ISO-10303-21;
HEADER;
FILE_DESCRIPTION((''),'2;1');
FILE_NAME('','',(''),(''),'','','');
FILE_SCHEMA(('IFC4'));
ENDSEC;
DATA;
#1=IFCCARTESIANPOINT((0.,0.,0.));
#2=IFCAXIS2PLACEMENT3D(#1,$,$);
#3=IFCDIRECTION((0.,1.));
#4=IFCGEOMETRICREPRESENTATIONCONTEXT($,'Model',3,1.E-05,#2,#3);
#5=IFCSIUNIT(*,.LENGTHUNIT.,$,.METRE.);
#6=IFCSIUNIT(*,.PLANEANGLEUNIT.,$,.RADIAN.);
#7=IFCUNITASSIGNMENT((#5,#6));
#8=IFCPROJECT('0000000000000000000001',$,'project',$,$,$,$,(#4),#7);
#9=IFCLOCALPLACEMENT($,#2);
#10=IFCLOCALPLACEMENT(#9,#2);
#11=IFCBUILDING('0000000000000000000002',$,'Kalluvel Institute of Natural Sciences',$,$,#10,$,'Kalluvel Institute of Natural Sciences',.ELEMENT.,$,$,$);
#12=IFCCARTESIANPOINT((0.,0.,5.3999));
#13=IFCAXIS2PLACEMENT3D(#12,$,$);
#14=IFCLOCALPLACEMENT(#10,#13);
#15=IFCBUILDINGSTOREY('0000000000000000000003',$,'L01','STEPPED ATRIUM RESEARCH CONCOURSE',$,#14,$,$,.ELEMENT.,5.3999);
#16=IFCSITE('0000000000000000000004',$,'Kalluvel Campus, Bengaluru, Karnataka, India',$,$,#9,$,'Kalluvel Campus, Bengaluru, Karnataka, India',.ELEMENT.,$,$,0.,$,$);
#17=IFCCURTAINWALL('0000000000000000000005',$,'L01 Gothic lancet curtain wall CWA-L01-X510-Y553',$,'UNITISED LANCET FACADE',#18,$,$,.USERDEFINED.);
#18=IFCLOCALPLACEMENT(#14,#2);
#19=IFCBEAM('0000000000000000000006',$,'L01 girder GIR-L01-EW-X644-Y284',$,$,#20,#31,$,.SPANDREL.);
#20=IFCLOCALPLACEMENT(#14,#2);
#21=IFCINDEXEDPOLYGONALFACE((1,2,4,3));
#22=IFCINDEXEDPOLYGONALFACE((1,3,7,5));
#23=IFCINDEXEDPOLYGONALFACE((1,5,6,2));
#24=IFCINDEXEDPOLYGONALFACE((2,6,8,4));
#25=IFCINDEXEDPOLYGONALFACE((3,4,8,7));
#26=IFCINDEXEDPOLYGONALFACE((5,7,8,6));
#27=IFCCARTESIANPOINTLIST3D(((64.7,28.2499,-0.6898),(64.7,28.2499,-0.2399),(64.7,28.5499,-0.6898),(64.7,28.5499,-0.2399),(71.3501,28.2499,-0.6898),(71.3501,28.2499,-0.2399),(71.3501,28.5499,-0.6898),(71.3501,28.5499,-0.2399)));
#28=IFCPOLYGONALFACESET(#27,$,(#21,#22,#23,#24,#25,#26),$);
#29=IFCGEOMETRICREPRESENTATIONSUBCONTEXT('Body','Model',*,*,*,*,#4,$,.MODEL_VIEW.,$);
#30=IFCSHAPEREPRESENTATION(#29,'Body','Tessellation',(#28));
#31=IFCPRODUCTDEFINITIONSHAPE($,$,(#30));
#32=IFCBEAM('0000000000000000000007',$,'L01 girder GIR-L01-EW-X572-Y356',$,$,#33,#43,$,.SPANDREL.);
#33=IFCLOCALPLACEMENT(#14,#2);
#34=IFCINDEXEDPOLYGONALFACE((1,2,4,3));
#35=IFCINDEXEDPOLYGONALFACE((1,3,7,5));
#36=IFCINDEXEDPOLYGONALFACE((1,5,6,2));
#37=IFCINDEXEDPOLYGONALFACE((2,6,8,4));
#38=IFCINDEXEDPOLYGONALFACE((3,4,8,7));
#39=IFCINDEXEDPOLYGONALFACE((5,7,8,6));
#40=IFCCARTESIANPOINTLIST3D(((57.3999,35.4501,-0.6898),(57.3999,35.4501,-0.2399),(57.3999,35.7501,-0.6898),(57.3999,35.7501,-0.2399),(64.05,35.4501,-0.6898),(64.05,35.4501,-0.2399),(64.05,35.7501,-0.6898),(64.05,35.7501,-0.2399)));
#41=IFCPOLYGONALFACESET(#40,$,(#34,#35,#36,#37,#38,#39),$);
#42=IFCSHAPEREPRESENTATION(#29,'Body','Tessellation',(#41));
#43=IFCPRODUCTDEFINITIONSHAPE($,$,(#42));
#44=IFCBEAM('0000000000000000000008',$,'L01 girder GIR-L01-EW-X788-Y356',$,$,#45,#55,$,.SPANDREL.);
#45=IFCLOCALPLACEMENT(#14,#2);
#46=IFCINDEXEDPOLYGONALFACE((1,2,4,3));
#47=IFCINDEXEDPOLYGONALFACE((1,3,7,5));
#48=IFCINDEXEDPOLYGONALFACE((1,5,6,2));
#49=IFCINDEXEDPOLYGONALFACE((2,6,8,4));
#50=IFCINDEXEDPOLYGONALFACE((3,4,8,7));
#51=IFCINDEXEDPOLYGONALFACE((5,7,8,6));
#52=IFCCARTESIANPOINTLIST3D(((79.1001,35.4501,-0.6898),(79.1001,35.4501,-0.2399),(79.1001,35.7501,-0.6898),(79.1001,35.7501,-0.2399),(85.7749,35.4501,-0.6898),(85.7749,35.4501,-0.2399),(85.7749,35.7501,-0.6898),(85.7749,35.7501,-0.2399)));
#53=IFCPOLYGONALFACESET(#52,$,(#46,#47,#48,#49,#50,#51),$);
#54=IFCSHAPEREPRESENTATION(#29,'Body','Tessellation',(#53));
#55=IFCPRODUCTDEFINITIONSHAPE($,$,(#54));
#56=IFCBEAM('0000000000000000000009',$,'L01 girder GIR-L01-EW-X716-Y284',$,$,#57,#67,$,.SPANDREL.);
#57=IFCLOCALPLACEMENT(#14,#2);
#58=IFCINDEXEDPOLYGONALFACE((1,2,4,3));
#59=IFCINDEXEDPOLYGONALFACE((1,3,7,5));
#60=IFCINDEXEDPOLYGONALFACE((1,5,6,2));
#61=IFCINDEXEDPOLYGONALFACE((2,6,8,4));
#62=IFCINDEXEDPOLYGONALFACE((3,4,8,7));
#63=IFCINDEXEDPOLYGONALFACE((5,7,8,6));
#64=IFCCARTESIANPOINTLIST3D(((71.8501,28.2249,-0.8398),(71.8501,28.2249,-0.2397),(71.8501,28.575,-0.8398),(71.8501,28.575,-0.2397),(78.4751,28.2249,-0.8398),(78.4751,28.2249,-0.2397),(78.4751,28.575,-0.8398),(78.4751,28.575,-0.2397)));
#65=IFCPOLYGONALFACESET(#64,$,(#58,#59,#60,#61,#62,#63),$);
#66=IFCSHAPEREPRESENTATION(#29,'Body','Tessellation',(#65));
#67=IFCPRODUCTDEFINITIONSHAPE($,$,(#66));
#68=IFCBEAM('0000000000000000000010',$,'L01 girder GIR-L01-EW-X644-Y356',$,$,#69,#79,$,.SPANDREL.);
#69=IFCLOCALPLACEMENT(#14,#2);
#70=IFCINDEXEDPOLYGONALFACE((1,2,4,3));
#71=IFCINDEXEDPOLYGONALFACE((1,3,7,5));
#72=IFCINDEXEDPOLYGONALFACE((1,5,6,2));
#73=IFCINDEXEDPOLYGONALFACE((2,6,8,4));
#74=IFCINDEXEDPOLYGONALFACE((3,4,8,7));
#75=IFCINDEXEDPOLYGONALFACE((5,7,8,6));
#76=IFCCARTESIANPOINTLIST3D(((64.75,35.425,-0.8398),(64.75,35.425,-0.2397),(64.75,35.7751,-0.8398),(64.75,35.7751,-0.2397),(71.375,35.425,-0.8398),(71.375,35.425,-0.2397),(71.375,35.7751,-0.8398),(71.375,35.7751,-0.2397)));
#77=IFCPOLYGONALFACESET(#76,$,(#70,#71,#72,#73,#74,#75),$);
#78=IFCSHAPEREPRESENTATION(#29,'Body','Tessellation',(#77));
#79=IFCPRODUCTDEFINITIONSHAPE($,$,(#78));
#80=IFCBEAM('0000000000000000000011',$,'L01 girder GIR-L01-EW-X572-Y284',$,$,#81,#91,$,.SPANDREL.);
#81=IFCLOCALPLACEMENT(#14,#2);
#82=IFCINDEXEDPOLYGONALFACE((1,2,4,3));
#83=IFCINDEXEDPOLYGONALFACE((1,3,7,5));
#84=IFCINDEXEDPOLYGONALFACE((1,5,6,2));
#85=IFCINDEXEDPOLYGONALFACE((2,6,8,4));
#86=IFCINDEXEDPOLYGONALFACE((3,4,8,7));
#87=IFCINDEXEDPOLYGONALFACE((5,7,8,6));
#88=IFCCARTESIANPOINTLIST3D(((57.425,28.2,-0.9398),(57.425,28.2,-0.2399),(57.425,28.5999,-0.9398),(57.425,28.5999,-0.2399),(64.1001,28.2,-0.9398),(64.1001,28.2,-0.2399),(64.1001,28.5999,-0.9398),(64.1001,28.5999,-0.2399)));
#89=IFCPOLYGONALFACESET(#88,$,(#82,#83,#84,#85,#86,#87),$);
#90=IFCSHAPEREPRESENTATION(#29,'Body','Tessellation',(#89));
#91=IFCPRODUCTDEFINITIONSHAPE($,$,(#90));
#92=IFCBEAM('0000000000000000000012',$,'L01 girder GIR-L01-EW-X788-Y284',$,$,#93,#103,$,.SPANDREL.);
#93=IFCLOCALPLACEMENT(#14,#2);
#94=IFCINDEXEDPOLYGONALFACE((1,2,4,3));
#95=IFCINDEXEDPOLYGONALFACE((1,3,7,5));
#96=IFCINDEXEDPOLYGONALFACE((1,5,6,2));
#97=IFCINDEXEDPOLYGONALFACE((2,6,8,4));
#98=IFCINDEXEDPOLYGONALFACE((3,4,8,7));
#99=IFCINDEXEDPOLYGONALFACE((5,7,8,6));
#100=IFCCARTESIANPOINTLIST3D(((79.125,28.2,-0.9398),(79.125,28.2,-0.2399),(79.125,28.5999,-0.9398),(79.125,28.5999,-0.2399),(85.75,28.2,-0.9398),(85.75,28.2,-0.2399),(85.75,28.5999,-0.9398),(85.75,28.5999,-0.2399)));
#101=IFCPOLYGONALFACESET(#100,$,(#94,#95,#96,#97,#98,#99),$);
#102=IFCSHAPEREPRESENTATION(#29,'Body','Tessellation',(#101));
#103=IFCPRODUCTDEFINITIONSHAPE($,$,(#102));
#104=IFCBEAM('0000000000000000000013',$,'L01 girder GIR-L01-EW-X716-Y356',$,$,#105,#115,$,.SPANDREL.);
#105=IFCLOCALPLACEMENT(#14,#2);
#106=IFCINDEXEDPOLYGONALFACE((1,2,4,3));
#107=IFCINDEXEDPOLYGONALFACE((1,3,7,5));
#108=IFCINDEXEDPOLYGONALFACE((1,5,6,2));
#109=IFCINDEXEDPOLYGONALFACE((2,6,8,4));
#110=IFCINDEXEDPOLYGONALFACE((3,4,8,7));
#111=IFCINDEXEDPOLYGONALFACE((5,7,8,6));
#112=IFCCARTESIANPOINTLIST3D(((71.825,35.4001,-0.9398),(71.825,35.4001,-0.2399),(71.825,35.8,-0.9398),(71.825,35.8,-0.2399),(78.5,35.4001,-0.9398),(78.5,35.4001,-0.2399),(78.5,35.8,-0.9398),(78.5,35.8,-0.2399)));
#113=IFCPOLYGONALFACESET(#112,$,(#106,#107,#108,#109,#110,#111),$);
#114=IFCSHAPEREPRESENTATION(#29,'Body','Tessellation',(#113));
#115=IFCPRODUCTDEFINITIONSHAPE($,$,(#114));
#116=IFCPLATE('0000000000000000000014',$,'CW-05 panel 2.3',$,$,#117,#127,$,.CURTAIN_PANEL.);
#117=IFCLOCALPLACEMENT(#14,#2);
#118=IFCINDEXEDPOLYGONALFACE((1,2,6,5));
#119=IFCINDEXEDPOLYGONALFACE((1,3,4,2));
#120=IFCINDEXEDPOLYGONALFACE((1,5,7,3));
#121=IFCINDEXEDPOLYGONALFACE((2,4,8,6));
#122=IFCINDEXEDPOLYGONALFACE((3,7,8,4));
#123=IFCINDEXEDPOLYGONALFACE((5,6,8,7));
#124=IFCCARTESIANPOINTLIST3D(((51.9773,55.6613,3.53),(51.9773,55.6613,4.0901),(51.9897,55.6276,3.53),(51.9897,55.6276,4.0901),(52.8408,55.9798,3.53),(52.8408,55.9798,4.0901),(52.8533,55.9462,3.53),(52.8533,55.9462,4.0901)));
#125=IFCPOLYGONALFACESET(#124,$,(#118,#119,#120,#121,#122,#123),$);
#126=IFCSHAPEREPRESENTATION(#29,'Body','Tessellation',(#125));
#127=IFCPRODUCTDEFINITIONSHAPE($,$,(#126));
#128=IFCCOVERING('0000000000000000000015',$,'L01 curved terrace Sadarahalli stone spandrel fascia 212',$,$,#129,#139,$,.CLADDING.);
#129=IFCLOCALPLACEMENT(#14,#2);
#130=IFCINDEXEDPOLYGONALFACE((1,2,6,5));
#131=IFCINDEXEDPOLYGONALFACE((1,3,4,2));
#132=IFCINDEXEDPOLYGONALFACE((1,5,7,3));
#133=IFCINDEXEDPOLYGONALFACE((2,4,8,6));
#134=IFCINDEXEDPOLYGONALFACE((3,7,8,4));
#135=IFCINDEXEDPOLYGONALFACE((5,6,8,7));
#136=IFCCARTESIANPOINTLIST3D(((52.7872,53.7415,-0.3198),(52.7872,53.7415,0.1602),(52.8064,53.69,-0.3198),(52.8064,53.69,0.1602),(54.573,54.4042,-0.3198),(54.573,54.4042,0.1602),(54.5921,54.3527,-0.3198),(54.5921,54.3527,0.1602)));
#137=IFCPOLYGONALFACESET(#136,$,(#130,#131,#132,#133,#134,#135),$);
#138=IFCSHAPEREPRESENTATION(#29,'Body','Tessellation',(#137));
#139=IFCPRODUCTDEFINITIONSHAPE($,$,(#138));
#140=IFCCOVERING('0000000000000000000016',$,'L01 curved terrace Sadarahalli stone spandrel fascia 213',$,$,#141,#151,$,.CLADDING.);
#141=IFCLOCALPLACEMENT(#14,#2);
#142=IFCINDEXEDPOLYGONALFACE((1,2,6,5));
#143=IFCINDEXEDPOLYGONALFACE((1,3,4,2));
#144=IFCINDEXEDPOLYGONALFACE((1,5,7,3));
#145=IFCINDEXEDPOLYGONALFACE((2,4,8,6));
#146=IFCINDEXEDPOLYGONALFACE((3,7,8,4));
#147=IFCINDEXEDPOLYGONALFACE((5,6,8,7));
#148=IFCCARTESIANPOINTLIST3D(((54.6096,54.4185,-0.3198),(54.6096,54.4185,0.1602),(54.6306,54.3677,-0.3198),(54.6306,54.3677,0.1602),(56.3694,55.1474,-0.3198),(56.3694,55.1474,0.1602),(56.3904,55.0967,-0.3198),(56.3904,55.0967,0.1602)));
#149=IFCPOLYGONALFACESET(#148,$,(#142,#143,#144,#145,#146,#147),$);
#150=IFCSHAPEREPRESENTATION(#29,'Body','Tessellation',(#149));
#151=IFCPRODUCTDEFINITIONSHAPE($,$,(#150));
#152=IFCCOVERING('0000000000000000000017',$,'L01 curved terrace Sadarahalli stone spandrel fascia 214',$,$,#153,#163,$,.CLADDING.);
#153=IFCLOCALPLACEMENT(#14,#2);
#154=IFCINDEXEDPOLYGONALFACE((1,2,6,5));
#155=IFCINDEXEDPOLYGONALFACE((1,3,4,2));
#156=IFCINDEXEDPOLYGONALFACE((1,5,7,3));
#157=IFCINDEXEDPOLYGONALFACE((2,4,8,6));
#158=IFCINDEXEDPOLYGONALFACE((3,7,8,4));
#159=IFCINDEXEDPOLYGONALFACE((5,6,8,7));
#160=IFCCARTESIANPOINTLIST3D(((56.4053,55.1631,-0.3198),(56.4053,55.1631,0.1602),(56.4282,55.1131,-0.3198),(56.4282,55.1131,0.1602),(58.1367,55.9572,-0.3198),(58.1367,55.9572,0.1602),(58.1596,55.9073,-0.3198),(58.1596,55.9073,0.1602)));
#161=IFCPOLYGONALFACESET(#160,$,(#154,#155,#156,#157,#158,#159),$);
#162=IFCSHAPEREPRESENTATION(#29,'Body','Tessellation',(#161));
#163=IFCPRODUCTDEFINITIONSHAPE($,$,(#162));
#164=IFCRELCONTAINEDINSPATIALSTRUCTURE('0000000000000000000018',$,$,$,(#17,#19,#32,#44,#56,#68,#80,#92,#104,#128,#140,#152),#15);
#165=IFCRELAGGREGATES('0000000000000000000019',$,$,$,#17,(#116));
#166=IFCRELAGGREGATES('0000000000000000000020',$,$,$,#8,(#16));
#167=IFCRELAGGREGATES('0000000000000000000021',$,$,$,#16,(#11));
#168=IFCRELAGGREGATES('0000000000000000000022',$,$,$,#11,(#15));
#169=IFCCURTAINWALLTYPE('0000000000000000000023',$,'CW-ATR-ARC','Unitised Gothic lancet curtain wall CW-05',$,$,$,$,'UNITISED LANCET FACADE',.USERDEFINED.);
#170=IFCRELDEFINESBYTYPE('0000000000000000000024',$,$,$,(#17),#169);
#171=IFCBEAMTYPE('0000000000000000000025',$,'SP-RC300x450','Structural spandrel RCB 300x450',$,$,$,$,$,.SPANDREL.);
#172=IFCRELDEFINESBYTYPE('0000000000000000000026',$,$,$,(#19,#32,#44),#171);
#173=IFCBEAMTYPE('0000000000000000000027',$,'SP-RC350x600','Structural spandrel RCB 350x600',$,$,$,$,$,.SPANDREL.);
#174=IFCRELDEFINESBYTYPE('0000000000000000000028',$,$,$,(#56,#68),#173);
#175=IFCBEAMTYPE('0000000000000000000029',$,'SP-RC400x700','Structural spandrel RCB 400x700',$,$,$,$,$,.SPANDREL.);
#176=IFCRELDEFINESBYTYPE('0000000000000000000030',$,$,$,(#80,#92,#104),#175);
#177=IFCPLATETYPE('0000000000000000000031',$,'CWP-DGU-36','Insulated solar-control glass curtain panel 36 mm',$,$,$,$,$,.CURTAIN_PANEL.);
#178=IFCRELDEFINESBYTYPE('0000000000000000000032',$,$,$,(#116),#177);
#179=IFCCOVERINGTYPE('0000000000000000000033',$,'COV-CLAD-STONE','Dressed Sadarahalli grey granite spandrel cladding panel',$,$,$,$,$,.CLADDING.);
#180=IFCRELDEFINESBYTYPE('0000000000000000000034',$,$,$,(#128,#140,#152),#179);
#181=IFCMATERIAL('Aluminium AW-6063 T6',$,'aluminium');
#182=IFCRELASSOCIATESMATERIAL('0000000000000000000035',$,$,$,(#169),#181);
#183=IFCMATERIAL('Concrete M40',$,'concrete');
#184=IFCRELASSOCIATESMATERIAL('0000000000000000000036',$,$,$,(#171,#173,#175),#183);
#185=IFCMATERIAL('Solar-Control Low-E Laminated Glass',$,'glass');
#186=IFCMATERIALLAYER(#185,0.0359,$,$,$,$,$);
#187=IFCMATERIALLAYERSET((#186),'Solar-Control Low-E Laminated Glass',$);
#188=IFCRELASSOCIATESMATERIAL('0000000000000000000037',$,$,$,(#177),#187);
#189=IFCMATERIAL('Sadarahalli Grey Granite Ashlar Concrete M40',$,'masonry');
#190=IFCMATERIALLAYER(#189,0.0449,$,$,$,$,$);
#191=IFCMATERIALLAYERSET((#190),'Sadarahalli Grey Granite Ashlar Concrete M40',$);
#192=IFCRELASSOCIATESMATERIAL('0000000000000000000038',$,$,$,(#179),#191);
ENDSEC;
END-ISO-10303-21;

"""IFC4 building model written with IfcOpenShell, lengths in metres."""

from ifc_helpers import new_model, si_unit, direction, frame, origin, origin_2d, place, context, subcontext, project, spatial, rectangle, extrude, material, layer, layer_set, material_profile, profile_set, type_object, element, aggregate, save


model = new_model("IFC4")

# Units and contexts
model_context = context("Model", 3, precision=1e-05, world=origin(), true_north=direction((0.0, 1.0)))
body_context = subcontext(model_context, "Body", "Model", "MODEL_VIEW")
ifc_project = project(units=[si_unit("LENGTHUNIT", "METRE"), si_unit("PLANEANGLEUNIT", "RADIAN")], contexts=[model_context])

# Site, building, storey
site_placement = place(None, origin())
site = spatial("IfcSite", under=ifc_project, at=site_placement, Name="Kalluvel Campus, Bengaluru, Karnataka, India", LongName="Kalluvel Campus, Bengaluru, Karnataka, India", CompositionType="ELEMENT", RefElevation=0.0)
building_placement = place(site_placement, origin())
building = spatial("IfcBuilding", under=site, at=building_placement, Name="Kalluvel Institute of Natural Sciences", LongName="Kalluvel Institute of Natural Sciences", CompositionType="ELEMENT")
storey_placement = place(building_placement, frame((0.0, 0.0, 5.3999)))
storey = spatial("IfcBuildingStorey", under=building, at=storey_placement, Name="L01", Description="STEPPED ATRIUM RESEARCH CONCOURSE", CompositionType="ELEMENT", Elevation=5.3999)

# Shared definitions
ifc_material_1 = material(Name="Concrete M40", Category="concrete")

# Curtain wall
ifc_material_2 = material(Name="Aluminium AW-6063 T6", Category="aluminium")
curtain_wall_type = type_object("IfcCurtainWallType", Name="CW-ATR-ARC", Description="Unitised Gothic lancet curtain wall CW-05", ElementType="UNITISED LANCET FACADE", PredefinedType="USERDEFINED", material=ifc_material_2)
curtain_wall_placement = place(storey_placement, origin())
curtain_wall = element("IfcCurtainWall", 1, at=curtain_wall_placement, inside=storey, type_object=curtain_wall_type, Name="L01 Gothic lancet curtain wall CWA-L01-X510-Y553", ObjectType="UNITISED LANCET FACADE", PredefinedType="USERDEFINED")

# Beams
ifc_material_profile_1 = material_profile(ifc_material_1, rectangle(XDim=0.3, YDim=0.45, at=origin_2d()), Name="RCB 300x450")
ifc_profile_set_1 = profile_set([ifc_material_profile_1], Name="Concrete M40")
beam_type_1 = type_object("IfcBeamType", Name="SP-RC300x450", Description="Structural spandrel RCB 300x450", PredefinedType="SPANDREL", material=ifc_profile_set_1)
for number, where, z_axis, x_axis, name in (
    (2, (64.7, 28.3999, -0.4648), (1.0, 0.0, 0.0), (0.0, 1.0, 0.0), "L01 girder GIR-L01-EW-X644-Y284"),
    (3, (57.3999, 35.6001, -0.4648), (1.0, 0.0, 0.0), (0.0, 1.0, 0.0), "L01 girder GIR-L01-EW-X572-Y356"),
):
    element("IfcBeam", number, at=place(storey_placement, frame(where, z_axis=z_axis, x_axis=x_axis)), inside=storey, type_object=beam_type_1, Name=name, PredefinedType="SPANDREL", context=body_context, shape_type="SweptSolid", body=[
        extrude(rectangle(XDim=0.3, YDim=0.45, at=origin_2d()), origin(), (0.0, 0.0, 1.0), 6.6501),
    ])
beam_1_placement = place(storey_placement, frame((79.1001, 35.6001, -0.4648), z_axis=(1.0, 0.0, 0.0), x_axis=(0.0, 1.0, 0.0)))
element("IfcBeam", 4, at=beam_1_placement, inside=storey, type_object=beam_type_1, Name="L01 girder GIR-L01-EW-X788-Y356", PredefinedType="SPANDREL", context=body_context, shape_type="SweptSolid", body=[
    extrude(rectangle(XDim=0.3, YDim=0.45, at=origin_2d()), origin(), (0.0, 0.0, 1.0), 6.6748),
])
ifc_material_profile_2 = material_profile(ifc_material_1, rectangle(XDim=0.3501, YDim=0.6001, at=origin_2d()), Name="RCB 350x600")
ifc_profile_set_2 = profile_set([ifc_material_profile_2], Name="Concrete M40")
beam_type_2 = type_object("IfcBeamType", Name="SP-RC350x600", Description="Structural spandrel RCB 350x600", PredefinedType="SPANDREL", material=ifc_profile_set_2)
for number, where, z_axis, x_axis, name in (
    (5, (71.8501, 28.3999, -0.5398), (1.0, 0.0, 0.0), (0.0, 1.0, 0.0), "L01 girder GIR-L01-EW-X716-Y284"),
    (6, (64.75, 35.6001, -0.5398), (1.0, 0.0, 0.0), (0.0, 1.0, 0.0), "L01 girder GIR-L01-EW-X644-Y356"),
):
    element("IfcBeam", number, at=place(storey_placement, frame(where, z_axis=z_axis, x_axis=x_axis)), inside=storey, type_object=beam_type_2, Name=name, PredefinedType="SPANDREL", context=body_context, shape_type="SweptSolid", body=[
        extrude(rectangle(XDim=0.3501, YDim=0.6001, at=origin_2d()), origin(), (0.0, 0.0, 1.0), 6.625),
    ])
ifc_material_profile_3 = material_profile(ifc_material_1, rectangle(XDim=0.3999, YDim=0.7, at=origin_2d()), Name="RCB 400x700")
ifc_profile_set_3 = profile_set([ifc_material_profile_3], Name="Concrete M40")
beam_type_3 = type_object("IfcBeamType", Name="SP-RC400x700", Description="Structural spandrel RCB 400x700", PredefinedType="SPANDREL", material=ifc_profile_set_3)
beam_2_placement = place(storey_placement, frame((57.425, 28.3999, -0.5898), z_axis=(1.0, 0.0, 0.0), x_axis=(0.0, 1.0, 0.0)))
element("IfcBeam", 7, at=beam_2_placement, inside=storey, type_object=beam_type_3, Name="L01 girder GIR-L01-EW-X572-Y284", PredefinedType="SPANDREL", context=body_context, shape_type="SweptSolid", body=[
    extrude(rectangle(XDim=0.3999, YDim=0.7, at=origin_2d()), origin(), (0.0, 0.0, 1.0), 6.675),
])
beam_3_placement = place(storey_placement, frame((79.125, 28.3999, -0.5898), z_axis=(1.0, 0.0, 0.0), x_axis=(0.0, 1.0, 0.0)))
element("IfcBeam", 8, at=beam_3_placement, inside=storey, type_object=beam_type_3, Name="L01 girder GIR-L01-EW-X788-Y284", PredefinedType="SPANDREL", context=body_context, shape_type="SweptSolid", body=[
    extrude(rectangle(XDim=0.3999, YDim=0.7, at=origin_2d()), origin(), (0.0, 0.0, 1.0), 6.625),
])
beam_4_placement = place(storey_placement, frame((71.825, 35.6001, -0.5898), z_axis=(1.0, 0.0, 0.0), x_axis=(0.0, 1.0, 0.0)))
element("IfcBeam", 9, at=beam_4_placement, inside=storey, type_object=beam_type_3, Name="L01 girder GIR-L01-EW-X716-Y356", PredefinedType="SPANDREL", context=body_context, shape_type="SweptSolid", body=[
    extrude(rectangle(XDim=0.3999, YDim=0.7, at=origin_2d()), origin(), (0.0, 0.0, 1.0), 6.675),
])

# Plate
ifc_material_3 = material(Name="Solar-Control Low-E Laminated Glass", Category="glass")
ifc_layer_1 = layer(ifc_material_3, 0.0359)
ifc_layer_set_1 = layer_set([ifc_layer_1], Name="Solar-Control Low-E Laminated Glass")
plate_type = type_object("IfcPlateType", Name="CWP-DGU-36", Description="Insulated solar-control glass curtain panel 36 mm", PredefinedType="CURTAIN_PANEL", material=ifc_layer_set_1)
plate_placement = place(storey_placement, frame((52.4153, 55.8037, 3.53), z_axis=(0.0, 0.0, 1.0), x_axis=(0.938189, 0.346122, 0.0)))
plate = element("IfcPlate", 10, at=plate_placement, type_object=plate_type, Name="CW-05 panel 2.3", PredefinedType="CURTAIN_PANEL", context=body_context, shape_type="SweptSolid", body=[
    extrude(rectangle(XDim=0.9204, YDim=0.0359, at=origin_2d()), origin(), (0.0, 0.0, 1.0), 0.5601),
])
aggregate(curtain_wall, [plate])

# Coverings
ifc_material_4 = material(Name="Sadarahalli Grey Granite Ashlar Concrete M40", Category="masonry")
ifc_layer_2 = layer(ifc_material_4, 0.0449)
ifc_layer_set_2 = layer_set([ifc_layer_2], Name="Sadarahalli Grey Granite Ashlar Concrete M40")
covering_type = type_object("IfcCoveringType", Name="COV-CLAD-STONE", Description="Dressed Sadarahalli grey granite spandrel cladding panel", PredefinedType="CLADDING", material=ifc_layer_set_2)
for number, where, z_axis, x_axis, name in (
    (11, (53.6897, 54.0471, -0.3198), (0.0, 0.0, 1.0), (0.937525, 0.347918, 0.0), "L01 curved terrace Sadarahalli stone spandrel fascia 212"),
    (12, (55.5, 54.7576, -0.3198), (0.0, 0.0, 1.0), (0.92388, 0.382683, 0.0), "L01 curved terrace Sadarahalli stone spandrel fascia 213"),
    (13, (57.2825, 55.5352, -0.3198), (0.0, 0.0, 1.0), (0.908945, 0.416915, 0.0), "L01 curved terrace Sadarahalli stone spandrel fascia 214"),
):
    element("IfcCovering", number, at=place(storey_placement, frame(where, z_axis=z_axis, x_axis=x_axis)), inside=storey, type_object=covering_type, Name=name, PredefinedType="CLADDING", context=body_context, shape_type="SweptSolid", body=[
        extrude(rectangle(XDim=1.9048, YDim=0.0549, at=origin_2d()), origin(), (0.0, 0.0, 1.0), 0.48),
    ])

save(model, "model.ifc")
